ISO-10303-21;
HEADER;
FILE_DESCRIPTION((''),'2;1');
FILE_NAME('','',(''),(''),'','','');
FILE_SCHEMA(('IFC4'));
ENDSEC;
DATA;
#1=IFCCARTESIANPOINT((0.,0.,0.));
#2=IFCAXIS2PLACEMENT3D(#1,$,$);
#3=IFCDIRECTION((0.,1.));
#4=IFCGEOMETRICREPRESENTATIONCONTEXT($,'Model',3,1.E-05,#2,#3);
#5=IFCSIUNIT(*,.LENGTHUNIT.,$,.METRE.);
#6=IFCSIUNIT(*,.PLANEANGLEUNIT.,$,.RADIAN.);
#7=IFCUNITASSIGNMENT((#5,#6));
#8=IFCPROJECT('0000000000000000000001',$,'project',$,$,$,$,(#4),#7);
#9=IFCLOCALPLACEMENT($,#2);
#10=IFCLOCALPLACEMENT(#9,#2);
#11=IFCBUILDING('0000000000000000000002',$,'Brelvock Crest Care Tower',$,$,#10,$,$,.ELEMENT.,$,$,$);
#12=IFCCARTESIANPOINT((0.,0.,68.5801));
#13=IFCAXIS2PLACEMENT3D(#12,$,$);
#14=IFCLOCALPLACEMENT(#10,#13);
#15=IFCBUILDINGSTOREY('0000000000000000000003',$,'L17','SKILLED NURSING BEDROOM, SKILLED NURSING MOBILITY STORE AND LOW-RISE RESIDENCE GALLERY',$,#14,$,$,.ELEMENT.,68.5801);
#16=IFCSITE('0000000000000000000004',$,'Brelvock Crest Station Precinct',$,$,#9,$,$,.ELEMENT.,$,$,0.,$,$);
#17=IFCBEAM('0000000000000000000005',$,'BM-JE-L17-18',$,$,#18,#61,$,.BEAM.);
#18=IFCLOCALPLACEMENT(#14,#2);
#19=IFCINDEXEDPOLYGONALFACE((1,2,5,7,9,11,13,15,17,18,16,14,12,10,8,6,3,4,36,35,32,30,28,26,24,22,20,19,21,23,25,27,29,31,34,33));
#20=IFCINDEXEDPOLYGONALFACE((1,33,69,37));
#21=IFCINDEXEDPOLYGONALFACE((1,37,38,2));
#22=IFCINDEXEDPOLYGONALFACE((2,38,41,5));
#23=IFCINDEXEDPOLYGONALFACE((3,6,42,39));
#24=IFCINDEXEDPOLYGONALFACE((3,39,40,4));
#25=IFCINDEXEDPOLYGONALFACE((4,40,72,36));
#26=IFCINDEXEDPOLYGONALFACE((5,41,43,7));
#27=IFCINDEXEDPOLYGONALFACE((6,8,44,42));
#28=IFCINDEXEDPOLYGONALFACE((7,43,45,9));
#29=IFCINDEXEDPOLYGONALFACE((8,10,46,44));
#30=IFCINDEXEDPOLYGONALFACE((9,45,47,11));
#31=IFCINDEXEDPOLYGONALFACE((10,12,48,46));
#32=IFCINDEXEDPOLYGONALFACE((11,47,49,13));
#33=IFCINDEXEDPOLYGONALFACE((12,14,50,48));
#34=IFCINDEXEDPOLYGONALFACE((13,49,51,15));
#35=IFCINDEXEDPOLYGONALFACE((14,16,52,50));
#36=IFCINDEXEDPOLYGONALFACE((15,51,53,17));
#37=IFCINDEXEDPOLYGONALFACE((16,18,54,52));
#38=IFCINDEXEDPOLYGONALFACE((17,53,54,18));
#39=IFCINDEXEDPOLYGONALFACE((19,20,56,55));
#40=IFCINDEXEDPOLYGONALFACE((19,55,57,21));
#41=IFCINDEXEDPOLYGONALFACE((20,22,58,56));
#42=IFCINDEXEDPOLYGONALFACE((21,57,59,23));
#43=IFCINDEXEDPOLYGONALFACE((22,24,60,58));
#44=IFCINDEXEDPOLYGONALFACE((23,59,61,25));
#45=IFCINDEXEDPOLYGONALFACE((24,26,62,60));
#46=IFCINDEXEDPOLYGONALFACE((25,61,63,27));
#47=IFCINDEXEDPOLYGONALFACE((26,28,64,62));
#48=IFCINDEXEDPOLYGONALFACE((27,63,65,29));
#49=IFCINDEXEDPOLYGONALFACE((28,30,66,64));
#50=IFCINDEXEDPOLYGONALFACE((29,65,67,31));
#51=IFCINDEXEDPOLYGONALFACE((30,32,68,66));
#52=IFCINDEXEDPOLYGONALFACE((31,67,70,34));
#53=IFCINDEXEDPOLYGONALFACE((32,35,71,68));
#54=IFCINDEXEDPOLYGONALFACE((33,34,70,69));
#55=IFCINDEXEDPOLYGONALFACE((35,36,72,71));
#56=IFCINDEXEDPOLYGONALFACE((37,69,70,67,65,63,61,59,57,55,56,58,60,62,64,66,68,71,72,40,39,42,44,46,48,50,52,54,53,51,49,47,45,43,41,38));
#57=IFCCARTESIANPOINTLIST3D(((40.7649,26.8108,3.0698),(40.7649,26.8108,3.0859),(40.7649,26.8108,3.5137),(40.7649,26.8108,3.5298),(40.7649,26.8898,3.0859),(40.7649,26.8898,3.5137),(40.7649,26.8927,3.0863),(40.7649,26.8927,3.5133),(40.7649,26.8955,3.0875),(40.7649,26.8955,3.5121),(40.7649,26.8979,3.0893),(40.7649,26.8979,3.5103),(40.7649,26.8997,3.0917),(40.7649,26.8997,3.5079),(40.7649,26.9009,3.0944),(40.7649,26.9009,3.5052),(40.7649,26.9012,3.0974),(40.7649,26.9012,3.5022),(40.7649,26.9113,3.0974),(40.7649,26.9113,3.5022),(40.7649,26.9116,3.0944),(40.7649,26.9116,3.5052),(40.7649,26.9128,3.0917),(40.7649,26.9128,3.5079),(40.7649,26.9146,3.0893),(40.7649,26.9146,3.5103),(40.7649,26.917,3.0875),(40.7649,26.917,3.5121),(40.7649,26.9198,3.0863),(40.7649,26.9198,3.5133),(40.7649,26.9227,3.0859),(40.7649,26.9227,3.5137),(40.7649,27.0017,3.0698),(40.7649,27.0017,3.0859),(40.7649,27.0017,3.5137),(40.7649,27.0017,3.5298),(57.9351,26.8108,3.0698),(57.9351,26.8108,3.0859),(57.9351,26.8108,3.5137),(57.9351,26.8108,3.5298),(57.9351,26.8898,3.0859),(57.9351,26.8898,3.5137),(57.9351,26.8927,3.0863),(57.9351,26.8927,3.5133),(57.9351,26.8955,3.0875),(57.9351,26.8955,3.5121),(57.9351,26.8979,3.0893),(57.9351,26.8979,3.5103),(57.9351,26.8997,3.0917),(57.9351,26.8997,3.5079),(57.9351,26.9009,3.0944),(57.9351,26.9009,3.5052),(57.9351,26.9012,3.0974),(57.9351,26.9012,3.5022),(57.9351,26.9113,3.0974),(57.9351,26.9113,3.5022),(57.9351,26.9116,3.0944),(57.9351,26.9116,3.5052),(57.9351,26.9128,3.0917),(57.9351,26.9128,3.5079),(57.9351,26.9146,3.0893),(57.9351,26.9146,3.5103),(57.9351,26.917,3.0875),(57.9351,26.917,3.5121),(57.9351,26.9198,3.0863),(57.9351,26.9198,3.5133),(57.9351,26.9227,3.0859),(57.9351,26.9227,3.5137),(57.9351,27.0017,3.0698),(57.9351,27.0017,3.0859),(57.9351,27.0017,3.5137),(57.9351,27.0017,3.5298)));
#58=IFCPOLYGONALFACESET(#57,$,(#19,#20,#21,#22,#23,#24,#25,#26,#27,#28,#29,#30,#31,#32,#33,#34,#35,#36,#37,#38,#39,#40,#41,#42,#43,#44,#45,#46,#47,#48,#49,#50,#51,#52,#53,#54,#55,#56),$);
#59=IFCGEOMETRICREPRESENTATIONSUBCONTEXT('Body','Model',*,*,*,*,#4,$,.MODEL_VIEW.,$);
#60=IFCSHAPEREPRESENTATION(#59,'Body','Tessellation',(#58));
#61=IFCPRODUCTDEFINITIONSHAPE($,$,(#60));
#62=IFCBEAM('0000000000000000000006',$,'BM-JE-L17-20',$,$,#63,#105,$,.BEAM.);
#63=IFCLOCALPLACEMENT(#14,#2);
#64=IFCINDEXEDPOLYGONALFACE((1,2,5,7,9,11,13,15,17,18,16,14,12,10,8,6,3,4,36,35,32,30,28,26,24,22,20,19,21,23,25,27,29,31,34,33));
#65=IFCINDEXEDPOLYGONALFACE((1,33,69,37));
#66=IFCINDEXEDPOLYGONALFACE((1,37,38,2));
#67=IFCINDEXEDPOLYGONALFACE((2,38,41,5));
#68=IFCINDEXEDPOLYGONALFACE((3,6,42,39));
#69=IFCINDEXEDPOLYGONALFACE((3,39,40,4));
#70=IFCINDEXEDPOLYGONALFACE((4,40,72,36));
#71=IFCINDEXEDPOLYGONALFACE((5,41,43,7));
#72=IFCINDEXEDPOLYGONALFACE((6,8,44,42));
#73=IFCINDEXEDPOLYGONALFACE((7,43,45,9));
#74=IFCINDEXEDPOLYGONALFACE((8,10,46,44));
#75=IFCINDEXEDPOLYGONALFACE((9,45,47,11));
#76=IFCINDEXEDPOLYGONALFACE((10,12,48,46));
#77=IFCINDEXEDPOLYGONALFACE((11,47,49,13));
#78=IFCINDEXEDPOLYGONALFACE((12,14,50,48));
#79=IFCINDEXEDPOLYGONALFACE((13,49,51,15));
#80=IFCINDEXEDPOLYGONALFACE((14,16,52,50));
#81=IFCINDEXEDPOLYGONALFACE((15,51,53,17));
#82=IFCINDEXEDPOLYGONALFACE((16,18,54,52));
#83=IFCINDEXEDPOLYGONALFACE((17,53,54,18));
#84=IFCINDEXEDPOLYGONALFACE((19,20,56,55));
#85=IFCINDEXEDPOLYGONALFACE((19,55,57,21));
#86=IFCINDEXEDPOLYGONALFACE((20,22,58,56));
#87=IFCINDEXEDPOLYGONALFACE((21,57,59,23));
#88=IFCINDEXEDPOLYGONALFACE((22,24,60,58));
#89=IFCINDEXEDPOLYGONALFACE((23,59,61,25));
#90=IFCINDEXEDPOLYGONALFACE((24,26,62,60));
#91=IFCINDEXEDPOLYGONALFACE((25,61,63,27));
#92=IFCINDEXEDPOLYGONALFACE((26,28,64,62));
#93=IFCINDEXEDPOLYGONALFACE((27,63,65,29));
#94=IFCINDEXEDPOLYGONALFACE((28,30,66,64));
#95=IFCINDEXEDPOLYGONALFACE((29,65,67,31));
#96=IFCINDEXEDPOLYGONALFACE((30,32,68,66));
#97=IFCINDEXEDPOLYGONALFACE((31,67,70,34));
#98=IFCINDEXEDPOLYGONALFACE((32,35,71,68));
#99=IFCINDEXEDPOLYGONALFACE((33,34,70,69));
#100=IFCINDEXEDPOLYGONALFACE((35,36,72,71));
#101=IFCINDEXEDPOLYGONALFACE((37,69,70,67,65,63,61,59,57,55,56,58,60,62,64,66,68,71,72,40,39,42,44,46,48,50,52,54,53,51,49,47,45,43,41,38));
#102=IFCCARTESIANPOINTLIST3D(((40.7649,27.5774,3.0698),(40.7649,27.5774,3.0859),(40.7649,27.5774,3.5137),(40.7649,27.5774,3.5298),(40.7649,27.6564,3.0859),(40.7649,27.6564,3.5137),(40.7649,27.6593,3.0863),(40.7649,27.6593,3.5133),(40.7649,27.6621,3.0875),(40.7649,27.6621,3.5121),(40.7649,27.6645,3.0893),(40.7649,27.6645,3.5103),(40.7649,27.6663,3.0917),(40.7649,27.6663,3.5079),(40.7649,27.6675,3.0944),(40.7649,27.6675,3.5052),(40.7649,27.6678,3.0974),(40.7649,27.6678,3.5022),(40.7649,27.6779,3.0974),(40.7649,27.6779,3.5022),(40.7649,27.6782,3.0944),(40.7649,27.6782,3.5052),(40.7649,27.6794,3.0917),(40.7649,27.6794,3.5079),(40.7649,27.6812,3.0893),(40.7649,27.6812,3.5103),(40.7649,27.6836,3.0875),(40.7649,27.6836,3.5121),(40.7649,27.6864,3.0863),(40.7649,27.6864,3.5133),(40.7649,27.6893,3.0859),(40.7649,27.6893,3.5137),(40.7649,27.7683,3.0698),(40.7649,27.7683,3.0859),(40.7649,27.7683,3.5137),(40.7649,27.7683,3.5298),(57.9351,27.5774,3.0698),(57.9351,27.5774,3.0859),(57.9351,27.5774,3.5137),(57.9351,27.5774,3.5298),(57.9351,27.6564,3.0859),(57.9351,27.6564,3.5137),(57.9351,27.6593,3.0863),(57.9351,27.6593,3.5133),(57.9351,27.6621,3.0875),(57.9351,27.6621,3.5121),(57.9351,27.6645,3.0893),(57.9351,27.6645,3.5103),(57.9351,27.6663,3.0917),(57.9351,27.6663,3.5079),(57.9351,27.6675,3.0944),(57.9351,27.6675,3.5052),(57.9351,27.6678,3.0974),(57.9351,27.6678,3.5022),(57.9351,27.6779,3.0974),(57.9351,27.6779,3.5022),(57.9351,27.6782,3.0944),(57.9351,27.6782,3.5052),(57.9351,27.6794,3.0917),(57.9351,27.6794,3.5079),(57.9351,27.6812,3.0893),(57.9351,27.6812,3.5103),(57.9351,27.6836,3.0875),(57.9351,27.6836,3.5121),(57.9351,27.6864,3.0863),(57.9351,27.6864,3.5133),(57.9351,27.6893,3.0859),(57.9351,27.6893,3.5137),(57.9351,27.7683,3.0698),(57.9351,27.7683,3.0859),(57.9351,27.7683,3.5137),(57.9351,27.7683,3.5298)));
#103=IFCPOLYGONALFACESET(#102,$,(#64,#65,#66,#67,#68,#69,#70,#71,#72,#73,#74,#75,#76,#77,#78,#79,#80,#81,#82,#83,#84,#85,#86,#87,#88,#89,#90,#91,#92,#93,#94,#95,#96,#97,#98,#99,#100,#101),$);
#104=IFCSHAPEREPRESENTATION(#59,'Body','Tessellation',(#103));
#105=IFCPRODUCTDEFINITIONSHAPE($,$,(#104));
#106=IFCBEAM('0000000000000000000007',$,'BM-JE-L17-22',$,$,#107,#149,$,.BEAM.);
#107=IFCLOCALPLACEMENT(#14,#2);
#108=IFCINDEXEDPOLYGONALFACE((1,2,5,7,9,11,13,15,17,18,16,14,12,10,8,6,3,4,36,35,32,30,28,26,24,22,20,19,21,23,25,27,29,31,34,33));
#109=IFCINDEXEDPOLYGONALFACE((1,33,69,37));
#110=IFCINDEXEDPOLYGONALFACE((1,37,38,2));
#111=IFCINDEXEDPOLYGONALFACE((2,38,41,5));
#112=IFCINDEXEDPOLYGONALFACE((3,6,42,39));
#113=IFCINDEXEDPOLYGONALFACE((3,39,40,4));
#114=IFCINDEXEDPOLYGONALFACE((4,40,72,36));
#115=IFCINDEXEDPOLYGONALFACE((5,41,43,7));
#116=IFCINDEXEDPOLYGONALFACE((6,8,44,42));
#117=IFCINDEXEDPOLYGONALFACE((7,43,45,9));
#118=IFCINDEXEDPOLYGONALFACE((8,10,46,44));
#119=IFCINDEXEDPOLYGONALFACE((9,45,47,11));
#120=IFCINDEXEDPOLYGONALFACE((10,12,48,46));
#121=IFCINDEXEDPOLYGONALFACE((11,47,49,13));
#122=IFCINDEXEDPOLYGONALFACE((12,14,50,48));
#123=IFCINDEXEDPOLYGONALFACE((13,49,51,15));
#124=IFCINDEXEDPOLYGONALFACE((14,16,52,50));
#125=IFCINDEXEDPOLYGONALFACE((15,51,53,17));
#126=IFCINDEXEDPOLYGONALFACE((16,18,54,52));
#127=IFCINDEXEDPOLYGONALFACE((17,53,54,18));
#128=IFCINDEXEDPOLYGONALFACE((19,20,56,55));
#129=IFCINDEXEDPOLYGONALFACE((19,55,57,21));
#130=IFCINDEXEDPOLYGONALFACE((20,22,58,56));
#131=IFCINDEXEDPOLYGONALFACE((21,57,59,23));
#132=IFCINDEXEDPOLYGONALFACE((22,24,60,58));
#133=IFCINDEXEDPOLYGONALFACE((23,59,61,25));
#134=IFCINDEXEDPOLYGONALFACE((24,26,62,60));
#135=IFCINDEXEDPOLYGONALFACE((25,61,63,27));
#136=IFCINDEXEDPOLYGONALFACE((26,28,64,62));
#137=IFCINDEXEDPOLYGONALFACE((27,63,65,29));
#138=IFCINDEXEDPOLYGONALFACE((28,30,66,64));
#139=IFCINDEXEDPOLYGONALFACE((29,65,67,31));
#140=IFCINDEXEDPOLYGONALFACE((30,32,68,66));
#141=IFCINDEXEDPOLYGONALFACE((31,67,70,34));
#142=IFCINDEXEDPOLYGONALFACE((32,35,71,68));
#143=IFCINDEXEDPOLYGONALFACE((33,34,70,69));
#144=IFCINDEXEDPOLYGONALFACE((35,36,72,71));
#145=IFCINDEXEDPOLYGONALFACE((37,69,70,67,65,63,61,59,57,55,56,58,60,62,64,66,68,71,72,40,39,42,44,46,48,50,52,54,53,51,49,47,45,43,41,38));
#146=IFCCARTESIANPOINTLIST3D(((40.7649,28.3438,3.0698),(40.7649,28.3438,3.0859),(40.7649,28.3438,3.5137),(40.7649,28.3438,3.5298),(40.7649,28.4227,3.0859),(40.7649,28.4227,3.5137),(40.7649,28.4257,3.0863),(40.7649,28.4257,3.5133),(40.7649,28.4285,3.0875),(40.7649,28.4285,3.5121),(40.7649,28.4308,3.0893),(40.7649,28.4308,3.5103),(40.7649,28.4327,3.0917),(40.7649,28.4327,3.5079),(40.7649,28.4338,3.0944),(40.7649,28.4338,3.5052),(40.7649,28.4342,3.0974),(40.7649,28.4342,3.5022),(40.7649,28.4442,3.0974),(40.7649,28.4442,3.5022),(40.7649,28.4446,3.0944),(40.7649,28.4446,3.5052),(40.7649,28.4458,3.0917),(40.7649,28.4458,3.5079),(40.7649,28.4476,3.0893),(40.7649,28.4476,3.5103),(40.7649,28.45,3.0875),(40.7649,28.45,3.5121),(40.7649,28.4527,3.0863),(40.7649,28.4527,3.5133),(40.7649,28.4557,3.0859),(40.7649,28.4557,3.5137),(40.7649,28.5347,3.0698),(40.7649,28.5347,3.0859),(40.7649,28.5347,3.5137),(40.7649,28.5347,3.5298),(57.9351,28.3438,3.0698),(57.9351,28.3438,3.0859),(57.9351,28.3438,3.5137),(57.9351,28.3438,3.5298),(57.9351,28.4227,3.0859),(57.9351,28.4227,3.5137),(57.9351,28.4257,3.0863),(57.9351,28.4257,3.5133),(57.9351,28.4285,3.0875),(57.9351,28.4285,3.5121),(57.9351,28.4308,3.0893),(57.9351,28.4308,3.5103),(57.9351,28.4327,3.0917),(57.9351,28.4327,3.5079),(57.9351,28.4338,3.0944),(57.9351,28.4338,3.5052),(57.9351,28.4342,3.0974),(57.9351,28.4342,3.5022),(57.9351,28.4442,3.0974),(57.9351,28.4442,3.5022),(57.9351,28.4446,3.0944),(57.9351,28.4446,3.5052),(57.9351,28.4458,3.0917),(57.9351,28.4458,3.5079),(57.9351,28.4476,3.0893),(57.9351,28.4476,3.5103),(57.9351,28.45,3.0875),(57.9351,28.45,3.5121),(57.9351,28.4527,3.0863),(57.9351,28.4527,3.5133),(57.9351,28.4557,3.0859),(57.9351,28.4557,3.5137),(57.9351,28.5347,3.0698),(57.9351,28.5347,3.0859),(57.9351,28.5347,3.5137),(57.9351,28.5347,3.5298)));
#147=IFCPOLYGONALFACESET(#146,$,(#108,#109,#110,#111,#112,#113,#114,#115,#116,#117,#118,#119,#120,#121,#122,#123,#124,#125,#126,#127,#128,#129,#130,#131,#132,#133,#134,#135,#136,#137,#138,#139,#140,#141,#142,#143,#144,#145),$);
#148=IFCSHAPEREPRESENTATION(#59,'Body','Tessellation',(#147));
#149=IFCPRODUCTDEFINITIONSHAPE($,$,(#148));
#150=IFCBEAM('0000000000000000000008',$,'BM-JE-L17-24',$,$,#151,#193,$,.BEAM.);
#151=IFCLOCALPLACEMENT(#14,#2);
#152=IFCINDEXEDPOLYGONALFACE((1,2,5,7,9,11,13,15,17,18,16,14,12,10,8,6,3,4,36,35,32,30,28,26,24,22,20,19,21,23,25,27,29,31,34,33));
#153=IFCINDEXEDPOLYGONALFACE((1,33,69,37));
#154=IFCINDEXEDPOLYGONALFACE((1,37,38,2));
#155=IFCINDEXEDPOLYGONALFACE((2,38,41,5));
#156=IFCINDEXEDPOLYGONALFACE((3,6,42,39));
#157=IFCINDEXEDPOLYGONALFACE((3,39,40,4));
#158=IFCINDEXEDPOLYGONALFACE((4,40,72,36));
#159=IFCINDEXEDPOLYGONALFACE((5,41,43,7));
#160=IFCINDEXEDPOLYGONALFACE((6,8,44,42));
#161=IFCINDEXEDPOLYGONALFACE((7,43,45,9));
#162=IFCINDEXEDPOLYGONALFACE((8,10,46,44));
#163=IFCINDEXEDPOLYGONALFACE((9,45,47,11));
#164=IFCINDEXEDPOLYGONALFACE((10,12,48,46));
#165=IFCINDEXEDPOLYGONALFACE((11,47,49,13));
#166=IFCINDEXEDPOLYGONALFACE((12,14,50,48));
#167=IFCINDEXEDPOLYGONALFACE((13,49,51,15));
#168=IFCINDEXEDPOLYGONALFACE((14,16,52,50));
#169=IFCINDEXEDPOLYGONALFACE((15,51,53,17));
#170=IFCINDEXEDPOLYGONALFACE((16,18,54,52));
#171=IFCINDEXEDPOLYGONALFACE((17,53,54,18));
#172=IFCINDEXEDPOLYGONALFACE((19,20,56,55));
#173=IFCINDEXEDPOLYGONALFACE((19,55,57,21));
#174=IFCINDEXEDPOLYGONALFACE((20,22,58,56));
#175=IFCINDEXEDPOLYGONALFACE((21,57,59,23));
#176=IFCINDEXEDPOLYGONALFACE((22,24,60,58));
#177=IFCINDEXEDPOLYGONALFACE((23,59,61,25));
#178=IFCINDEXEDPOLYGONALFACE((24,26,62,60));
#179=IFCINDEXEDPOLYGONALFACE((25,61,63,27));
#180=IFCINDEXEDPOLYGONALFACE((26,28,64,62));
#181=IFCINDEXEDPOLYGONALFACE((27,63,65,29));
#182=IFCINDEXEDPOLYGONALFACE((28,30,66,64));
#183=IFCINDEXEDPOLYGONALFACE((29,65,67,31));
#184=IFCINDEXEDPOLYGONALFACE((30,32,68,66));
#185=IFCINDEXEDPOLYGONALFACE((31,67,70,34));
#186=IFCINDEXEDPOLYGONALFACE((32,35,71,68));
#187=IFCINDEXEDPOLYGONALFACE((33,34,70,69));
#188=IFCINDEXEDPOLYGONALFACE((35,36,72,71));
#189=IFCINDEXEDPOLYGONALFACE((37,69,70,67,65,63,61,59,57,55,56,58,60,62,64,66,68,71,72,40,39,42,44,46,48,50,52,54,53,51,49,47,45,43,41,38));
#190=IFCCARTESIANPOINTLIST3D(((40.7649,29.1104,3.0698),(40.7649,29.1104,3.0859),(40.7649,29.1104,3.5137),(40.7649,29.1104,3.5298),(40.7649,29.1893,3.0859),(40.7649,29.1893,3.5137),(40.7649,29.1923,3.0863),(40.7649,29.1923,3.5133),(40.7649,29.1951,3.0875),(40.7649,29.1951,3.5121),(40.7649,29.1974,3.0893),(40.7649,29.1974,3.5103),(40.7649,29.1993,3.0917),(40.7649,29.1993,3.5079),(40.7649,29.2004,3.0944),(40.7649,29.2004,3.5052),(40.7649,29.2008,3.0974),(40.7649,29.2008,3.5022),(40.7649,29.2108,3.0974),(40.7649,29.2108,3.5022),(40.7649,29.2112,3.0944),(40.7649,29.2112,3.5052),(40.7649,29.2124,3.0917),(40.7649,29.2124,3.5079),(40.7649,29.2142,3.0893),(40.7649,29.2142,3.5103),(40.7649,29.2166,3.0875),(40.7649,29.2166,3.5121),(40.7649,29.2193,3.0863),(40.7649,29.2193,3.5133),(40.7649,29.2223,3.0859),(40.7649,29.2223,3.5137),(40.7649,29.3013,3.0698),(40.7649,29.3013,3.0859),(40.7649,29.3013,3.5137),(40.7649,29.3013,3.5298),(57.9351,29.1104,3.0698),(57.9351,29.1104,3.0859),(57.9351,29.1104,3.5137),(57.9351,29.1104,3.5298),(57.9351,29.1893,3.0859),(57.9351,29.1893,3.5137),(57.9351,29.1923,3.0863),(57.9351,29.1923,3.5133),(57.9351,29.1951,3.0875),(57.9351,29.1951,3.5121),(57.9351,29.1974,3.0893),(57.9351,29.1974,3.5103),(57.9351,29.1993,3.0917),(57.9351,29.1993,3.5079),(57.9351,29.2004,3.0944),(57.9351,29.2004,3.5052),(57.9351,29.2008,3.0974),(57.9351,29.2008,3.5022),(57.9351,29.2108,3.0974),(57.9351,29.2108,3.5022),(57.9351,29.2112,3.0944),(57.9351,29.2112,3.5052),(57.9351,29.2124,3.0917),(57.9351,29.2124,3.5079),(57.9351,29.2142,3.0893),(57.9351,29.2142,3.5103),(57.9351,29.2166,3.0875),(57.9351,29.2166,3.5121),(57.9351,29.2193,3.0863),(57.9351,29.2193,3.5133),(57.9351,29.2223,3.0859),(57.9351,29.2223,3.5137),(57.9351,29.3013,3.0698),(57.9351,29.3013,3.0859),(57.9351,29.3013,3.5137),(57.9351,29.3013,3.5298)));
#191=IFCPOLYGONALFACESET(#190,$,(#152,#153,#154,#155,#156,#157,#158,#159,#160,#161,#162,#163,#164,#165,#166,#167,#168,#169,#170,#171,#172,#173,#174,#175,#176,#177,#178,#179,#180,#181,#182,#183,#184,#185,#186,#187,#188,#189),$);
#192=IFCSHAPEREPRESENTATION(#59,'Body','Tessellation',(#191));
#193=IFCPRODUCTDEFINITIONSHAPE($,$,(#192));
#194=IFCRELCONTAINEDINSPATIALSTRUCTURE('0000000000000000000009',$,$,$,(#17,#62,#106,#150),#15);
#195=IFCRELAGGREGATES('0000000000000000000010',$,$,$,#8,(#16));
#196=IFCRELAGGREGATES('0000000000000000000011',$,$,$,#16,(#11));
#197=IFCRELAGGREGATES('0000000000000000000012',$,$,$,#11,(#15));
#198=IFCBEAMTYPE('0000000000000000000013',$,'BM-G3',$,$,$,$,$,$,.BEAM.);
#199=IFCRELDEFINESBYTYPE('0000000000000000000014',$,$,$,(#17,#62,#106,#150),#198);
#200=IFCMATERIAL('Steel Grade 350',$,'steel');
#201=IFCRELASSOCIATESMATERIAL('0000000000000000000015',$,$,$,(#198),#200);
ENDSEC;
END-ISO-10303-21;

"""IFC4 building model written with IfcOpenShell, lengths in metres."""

from ifc_helpers import new_model, si_unit, direction, frame, origin, origin_2d, place, context, subcontext, project, spatial, i_section, extrude, source, transform, mapped, material, material_profile, profile_set, type_object, element, save


model = new_model("IFC4")

# Units and contexts
model_context = context("Model", 3, precision=1e-05, world=origin(), true_north=direction((0.0, 1.0)))
body_context = subcontext(model_context, "Body", "Model", "MODEL_VIEW")
ifc_project = project(units=[si_unit("LENGTHUNIT", "METRE"), si_unit("PLANEANGLEUNIT", "RADIAN")], contexts=[model_context])

# Site, building, storey
site_placement = place(None, origin())
site = spatial("IfcSite", under=ifc_project, at=site_placement, Name="Brelvock Crest Station Precinct", CompositionType="ELEMENT", RefElevation=0.0)
building_placement = place(site_placement, origin())
building = spatial("IfcBuilding", under=site, at=building_placement, Name="Brelvock Crest Care Tower", CompositionType="ELEMENT")
storey_placement = place(building_placement, frame((0.0, 0.0, 68.5801)))
storey = spatial("IfcBuildingStorey", under=building, at=storey_placement, Name="L17", Description="SKILLED NURSING BEDROOM, SKILLED NURSING MOBILITY STORE AND LOW-RISE RESIDENCE GALLERY", CompositionType="ELEMENT", Elevation=68.5801)

# Beams
ifc_material_1 = material(Name="Steel Grade 350", Category="steel")
ifc_material_profile_1 = material_profile(ifc_material_1, i_section(OverallWidth=0.1909, OverallDepth=0.46, WebThickness=0.01, FlangeThickness=0.0161, FilletRadius=0.0115, at=origin_2d()), Name="460UB82.1")
ifc_profile_set_1 = profile_set([ifc_material_profile_1], Name="Steel Grade 350")
beam_type_1 = type_object("IfcBeamType", Name="BM-G3", PredefinedType="BEAM", material=ifc_profile_set_1)
shared_shape_1 = source(origin(), body_context, "Body", "SweptSolid", [
    extrude(i_section(OverallWidth=0.1909, OverallDepth=0.46, WebThickness=0.01, FlangeThickness=0.0161, FilletRadius=0.0115, at=origin_2d()), origin(), (0.0, 0.0, 1.0), 17.1702),
])
for number, where, z_axis, x_axis, name in (
    (1, (40.7649, 26.9062, 3.2998), (1.0, 0.0, 0.0), (0.0, 1.0, 0.0), "BM-JE-L17-18"),
    (2, (40.7649, 27.6729, 3.2998), (1.0, 0.0, 0.0), (0.0, 1.0, 0.0), "BM-JE-L17-20"),
    (3, (40.7649, 28.4392, 3.2998), (1.0, 0.0, 0.0), (0.0, 1.0, 0.0), "BM-JE-L17-22"),
    (4, (40.7649, 29.2058, 3.2998), (1.0, 0.0, 0.0), (0.0, 1.0, 0.0), "BM-JE-L17-24"),
):
    element("IfcBeam", number, at=place(storey_placement, frame(where, z_axis=z_axis, x_axis=x_axis)), inside=storey, type_object=beam_type_1, Name=name, PredefinedType="BEAM", context=body_context, shape_type="MappedRepresentation", body=[
        mapped(shared_shape_1, transform((0.0, 0.0, 0.0), x_axis=(1.0, 0.0, 0.0), y_axis=(0.0, 1.0, 0.0), z_axis=(0.0, 0.0, 1.0), scale=1.0)),
    ])

save(model, "model.ifc")
